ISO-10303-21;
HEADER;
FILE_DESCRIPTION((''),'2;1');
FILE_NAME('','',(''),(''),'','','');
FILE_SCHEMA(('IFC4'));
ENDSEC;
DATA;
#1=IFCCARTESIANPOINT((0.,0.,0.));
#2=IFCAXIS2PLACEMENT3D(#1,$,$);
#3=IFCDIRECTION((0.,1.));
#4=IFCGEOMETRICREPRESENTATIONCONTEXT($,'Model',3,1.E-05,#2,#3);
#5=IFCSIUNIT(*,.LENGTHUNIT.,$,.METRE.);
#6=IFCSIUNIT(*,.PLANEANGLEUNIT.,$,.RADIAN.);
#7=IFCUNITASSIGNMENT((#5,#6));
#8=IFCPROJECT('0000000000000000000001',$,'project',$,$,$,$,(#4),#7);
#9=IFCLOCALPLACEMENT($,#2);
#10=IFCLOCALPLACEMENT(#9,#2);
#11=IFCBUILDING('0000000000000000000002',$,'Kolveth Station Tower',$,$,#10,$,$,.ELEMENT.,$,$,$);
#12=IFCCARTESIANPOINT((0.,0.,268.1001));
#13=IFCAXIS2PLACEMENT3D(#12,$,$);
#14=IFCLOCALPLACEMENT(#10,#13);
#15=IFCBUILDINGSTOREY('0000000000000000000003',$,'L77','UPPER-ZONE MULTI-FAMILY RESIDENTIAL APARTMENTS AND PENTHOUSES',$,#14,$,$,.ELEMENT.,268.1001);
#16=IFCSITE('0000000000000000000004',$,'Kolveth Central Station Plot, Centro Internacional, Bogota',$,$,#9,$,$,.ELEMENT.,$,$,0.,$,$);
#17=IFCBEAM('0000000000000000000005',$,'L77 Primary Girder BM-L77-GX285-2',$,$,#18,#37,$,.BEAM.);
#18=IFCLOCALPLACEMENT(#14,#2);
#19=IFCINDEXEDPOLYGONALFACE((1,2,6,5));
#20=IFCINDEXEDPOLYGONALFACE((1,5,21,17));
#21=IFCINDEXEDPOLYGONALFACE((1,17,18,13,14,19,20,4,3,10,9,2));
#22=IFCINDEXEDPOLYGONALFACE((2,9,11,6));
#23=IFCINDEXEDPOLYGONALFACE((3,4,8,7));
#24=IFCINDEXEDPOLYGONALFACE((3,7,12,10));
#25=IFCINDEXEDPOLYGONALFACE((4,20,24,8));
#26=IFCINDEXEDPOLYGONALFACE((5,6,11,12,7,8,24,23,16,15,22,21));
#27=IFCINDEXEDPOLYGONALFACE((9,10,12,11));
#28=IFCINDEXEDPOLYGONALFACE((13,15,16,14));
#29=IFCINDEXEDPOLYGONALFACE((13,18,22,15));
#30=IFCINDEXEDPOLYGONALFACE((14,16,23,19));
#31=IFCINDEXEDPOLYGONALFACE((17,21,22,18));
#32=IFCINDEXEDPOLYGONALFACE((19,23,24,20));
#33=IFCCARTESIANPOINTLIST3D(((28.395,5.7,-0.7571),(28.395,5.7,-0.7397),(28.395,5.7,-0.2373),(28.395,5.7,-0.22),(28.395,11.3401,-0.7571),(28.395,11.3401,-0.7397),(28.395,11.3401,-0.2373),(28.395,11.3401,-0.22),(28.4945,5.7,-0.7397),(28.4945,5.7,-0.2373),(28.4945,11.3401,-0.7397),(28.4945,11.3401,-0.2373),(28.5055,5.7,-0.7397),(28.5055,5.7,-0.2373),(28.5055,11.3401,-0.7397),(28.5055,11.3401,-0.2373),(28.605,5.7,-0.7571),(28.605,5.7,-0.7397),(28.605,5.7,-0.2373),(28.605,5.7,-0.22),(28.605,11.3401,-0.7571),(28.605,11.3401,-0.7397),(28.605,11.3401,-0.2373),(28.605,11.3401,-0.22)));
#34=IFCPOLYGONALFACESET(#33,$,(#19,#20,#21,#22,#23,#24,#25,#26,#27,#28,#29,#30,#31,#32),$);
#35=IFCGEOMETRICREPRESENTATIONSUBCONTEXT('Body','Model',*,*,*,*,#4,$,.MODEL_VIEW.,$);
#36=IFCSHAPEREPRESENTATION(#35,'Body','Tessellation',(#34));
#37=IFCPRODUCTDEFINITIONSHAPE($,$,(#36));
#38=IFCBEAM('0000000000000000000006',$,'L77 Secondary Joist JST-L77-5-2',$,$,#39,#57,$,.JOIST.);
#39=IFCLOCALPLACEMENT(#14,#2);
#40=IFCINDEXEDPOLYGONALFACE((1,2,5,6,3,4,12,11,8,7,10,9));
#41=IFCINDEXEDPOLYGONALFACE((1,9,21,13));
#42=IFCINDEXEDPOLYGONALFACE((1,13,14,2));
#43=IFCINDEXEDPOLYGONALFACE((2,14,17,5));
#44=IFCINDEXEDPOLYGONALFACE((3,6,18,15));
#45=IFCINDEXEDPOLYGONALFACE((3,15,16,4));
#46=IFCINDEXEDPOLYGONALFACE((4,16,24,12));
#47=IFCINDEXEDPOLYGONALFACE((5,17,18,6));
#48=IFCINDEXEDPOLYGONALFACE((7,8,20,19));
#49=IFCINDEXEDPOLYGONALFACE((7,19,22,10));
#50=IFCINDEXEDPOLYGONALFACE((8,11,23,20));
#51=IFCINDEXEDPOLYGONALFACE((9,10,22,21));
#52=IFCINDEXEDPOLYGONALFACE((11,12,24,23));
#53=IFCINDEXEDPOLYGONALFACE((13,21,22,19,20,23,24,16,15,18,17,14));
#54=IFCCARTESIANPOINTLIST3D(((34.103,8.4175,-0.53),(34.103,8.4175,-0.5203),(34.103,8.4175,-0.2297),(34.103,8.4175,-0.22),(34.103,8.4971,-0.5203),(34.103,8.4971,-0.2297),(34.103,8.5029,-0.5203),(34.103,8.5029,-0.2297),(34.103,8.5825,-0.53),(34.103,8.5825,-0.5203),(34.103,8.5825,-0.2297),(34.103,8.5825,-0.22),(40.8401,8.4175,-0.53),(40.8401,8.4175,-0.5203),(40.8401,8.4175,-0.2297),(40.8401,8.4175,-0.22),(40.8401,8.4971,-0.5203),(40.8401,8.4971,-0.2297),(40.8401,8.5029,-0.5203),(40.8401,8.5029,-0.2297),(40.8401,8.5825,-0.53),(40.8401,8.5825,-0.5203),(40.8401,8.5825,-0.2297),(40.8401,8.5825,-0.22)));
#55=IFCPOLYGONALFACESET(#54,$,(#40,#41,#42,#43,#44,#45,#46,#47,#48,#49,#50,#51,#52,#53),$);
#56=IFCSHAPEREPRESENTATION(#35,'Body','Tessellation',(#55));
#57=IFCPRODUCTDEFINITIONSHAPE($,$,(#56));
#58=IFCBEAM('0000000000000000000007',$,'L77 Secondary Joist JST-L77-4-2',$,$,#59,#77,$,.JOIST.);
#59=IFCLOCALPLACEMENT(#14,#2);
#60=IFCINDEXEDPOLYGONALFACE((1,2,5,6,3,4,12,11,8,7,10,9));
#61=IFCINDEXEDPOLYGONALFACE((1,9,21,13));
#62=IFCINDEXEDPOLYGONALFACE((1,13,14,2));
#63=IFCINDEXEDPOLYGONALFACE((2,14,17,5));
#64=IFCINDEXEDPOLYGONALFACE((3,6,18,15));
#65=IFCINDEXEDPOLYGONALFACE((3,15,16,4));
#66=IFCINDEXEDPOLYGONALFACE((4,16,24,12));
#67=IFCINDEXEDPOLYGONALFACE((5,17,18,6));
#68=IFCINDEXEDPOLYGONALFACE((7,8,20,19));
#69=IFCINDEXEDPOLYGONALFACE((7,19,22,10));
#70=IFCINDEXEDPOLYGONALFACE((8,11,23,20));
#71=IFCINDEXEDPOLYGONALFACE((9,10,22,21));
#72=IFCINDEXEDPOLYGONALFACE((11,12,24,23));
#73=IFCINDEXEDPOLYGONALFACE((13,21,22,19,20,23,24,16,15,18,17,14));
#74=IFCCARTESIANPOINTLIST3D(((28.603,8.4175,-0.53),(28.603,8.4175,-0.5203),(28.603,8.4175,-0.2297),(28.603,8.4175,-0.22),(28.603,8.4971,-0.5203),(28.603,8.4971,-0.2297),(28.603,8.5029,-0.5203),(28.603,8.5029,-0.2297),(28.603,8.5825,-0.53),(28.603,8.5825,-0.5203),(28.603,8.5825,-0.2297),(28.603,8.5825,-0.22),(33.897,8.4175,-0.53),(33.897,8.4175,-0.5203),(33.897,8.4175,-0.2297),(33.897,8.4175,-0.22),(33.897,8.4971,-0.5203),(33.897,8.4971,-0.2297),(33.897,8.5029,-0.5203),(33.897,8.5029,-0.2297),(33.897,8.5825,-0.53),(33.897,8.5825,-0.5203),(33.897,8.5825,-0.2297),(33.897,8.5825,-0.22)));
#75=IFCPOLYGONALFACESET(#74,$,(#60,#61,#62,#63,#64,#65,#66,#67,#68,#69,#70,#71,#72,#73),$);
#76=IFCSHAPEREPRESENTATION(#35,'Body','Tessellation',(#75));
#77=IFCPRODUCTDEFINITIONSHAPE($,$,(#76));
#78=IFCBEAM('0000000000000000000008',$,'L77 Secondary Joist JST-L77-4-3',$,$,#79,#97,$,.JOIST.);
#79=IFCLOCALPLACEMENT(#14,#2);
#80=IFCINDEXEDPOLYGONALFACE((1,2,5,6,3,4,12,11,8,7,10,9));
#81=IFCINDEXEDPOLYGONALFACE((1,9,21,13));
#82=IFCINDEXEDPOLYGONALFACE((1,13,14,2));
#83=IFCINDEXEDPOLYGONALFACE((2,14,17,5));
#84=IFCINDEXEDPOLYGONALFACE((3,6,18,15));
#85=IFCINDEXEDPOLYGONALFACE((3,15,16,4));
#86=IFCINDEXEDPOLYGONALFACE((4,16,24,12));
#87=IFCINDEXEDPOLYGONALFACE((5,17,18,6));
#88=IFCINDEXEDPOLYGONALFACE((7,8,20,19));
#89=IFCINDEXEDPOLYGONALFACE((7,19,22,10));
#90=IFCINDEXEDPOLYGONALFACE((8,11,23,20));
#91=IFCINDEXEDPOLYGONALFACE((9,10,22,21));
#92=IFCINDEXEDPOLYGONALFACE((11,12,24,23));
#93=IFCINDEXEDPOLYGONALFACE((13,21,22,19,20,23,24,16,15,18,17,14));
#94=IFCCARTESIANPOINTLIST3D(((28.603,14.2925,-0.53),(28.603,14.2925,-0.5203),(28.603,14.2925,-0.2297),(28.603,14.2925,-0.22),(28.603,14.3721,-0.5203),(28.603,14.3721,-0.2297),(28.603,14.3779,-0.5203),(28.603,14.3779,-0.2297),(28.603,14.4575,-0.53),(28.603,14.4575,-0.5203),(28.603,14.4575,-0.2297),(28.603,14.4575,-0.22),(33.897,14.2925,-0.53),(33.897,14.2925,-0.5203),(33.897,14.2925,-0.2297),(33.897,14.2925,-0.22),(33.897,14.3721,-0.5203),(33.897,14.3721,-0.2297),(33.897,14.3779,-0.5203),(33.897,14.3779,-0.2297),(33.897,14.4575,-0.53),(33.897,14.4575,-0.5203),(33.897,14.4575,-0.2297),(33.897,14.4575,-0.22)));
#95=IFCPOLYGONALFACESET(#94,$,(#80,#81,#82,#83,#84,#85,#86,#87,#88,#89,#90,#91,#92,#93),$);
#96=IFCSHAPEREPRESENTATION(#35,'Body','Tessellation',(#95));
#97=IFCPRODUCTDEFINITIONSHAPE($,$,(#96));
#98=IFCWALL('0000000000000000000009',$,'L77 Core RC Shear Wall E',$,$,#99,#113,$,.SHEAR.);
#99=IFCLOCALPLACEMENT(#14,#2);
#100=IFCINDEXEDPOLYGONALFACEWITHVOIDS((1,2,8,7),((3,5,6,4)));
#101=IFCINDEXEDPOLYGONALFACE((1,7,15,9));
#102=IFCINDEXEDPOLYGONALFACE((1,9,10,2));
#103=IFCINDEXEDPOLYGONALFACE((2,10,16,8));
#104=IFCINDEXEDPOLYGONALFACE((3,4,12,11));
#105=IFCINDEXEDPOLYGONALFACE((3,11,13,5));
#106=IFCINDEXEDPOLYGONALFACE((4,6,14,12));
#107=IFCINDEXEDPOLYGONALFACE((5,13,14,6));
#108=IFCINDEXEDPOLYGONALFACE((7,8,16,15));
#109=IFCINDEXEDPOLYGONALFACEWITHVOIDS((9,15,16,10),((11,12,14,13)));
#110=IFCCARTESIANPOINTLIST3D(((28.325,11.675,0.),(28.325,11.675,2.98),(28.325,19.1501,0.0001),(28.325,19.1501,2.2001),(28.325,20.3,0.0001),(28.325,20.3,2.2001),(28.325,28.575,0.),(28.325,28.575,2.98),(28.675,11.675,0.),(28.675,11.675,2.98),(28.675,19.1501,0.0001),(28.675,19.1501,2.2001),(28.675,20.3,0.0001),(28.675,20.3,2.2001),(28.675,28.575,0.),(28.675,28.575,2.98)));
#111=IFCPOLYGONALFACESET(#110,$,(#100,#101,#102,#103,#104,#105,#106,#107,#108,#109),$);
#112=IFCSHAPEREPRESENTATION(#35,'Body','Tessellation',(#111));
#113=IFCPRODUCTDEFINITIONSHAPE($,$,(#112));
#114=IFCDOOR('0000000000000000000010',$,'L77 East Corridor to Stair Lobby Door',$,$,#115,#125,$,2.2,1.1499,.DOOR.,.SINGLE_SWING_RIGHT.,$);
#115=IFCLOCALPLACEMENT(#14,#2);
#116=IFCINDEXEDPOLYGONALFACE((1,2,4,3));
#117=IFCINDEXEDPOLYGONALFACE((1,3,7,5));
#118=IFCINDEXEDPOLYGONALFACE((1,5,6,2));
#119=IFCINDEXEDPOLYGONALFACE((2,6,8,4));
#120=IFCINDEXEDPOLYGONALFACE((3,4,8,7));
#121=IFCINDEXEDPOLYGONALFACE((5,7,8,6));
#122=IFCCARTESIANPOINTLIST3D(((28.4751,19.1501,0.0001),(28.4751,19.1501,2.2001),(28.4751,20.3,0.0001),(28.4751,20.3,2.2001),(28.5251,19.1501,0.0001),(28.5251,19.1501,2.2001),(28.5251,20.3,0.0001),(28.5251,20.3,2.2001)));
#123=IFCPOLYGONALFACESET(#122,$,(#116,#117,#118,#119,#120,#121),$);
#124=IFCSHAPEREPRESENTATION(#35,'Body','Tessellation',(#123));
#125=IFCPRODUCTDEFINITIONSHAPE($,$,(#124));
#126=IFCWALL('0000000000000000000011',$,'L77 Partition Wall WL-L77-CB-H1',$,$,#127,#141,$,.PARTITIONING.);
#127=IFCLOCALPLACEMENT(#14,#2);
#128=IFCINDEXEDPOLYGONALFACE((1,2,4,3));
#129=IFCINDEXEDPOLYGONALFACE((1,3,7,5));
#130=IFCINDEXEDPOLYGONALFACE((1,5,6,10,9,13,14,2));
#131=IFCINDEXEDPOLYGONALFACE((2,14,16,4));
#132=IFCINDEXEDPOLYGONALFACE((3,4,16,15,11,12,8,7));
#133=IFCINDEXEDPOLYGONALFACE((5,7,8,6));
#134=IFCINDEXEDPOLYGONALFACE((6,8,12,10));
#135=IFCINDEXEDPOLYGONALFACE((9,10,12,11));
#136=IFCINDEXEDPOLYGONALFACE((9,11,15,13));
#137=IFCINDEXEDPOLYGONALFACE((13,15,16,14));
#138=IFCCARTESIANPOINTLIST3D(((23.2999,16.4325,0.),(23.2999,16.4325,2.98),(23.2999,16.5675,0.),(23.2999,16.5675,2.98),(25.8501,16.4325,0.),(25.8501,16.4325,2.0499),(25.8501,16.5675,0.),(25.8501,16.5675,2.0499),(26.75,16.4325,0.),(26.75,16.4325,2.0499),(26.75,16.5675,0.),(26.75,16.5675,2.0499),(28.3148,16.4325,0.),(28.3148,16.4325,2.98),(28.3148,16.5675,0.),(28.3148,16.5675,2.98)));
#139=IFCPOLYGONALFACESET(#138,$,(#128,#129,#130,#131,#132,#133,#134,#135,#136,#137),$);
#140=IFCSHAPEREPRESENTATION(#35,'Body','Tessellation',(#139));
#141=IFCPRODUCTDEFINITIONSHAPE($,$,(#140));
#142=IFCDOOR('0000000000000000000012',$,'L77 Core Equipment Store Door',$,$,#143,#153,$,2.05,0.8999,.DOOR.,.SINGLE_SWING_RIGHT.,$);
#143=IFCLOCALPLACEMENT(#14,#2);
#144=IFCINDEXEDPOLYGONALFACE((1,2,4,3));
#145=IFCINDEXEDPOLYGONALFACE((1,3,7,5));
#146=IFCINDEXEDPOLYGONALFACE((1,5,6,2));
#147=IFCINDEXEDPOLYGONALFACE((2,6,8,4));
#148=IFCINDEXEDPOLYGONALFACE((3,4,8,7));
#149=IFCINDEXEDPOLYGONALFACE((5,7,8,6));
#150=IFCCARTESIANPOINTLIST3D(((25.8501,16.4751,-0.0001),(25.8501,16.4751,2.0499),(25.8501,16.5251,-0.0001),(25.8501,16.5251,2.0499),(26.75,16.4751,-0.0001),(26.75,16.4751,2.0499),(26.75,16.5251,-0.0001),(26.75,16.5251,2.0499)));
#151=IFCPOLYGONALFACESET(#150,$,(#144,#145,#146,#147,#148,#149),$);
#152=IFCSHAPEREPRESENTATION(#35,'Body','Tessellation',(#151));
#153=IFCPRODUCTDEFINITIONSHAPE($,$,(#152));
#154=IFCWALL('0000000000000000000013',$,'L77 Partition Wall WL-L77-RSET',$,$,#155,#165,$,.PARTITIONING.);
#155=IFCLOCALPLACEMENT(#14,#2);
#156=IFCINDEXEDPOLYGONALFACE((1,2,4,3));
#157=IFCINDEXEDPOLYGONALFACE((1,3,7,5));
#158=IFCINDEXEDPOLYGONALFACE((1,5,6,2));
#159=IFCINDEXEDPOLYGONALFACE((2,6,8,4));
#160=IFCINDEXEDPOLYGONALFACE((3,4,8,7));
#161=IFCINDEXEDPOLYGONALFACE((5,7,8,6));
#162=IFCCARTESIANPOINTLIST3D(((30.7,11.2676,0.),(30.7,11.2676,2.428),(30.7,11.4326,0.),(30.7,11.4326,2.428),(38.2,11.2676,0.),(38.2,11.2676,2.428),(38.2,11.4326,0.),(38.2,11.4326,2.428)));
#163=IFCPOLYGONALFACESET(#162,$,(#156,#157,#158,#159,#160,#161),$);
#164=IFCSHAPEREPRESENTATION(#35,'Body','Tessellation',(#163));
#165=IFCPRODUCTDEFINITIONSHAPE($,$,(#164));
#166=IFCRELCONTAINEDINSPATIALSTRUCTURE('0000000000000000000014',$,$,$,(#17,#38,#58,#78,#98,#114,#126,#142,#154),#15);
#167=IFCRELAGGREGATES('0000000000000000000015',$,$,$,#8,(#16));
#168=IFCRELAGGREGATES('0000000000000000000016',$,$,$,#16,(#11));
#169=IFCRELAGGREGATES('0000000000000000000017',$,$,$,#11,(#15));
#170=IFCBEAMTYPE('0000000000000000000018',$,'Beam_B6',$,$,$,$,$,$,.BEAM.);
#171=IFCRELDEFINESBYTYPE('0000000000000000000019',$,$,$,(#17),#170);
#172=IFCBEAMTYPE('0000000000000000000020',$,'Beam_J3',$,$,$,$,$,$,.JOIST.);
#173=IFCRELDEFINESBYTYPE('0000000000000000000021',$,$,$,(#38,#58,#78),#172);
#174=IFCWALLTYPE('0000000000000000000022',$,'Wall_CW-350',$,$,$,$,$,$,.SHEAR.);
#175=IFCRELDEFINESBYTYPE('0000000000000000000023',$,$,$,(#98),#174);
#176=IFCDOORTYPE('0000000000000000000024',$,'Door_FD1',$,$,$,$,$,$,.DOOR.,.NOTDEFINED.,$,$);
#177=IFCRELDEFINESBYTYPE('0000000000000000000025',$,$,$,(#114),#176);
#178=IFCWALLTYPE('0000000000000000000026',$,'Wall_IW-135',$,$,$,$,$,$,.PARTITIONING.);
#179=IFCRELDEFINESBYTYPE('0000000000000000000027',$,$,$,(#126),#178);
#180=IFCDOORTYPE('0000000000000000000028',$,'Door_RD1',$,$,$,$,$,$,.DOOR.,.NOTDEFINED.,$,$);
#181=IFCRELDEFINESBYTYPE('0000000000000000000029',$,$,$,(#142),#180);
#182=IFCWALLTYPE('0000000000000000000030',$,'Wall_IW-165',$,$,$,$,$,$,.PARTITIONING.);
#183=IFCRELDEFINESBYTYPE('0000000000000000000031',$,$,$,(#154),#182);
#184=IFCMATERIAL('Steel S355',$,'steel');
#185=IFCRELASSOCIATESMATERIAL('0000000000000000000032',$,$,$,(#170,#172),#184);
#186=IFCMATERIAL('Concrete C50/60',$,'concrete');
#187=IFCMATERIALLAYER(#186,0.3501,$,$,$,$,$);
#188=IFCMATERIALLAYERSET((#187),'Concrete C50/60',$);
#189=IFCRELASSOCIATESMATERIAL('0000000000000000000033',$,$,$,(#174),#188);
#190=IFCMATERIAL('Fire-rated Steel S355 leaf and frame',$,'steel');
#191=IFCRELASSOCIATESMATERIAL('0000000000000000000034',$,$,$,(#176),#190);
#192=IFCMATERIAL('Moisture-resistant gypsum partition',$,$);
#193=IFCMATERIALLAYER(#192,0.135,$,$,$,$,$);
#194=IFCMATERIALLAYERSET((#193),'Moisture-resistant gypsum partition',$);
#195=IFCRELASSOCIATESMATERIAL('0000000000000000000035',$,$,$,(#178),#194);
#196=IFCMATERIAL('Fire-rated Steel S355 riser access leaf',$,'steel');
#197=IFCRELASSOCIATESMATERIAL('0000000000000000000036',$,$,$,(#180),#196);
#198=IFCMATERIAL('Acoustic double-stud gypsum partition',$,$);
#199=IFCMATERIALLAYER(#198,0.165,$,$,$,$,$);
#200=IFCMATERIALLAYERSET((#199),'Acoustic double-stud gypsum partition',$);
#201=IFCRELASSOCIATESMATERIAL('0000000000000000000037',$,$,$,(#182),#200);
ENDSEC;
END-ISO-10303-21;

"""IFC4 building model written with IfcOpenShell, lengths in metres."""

from ifc_helpers import new_model, si_unit, direction, frame, frame_2d, origin, origin_2d, place, context, subcontext, project, spatial, rectangle, i_section, extrude, source, transform, mapped, material, layer, layer_set, material_profile, profile_set, type_object, element, fill, save


model = new_model("IFC4")

# Units and contexts
model_context = context("Model", 3, precision=1e-05, world=origin(), true_north=direction((0.0, 1.0)))
body_context = subcontext(model_context, "Body", "Model", "MODEL_VIEW")
ifc_project = project(units=[si_unit("LENGTHUNIT", "METRE"), si_unit("PLANEANGLEUNIT", "RADIAN")], contexts=[model_context])

# Site, building, storey
site_placement = place(None, origin())
site = spatial("IfcSite", under=ifc_project, at=site_placement, Name="Kolveth Central Station Plot, Centro Internacional, Bogota", CompositionType="ELEMENT", RefElevation=0.0)
building_placement = place(site_placement, origin())
building = spatial("IfcBuilding", under=site, at=building_placement, Name="Kolveth Station Tower", CompositionType="ELEMENT")
storey_placement = place(building_placement, frame((0.0, 0.0, 268.1001)))
storey = spatial("IfcBuildingStorey", under=building, at=storey_placement, Name="L77", Description="UPPER-ZONE MULTI-FAMILY RESIDENTIAL APARTMENTS AND PENTHOUSES", CompositionType="ELEMENT", Elevation=268.1001)

# Shared definitions
ifc_material_1 = material(Name="Steel S355", Category="steel")

# Beams
ifc_material_profile_1 = material_profile(ifc_material_1, i_section(OverallWidth=0.21, OverallDepth=0.5371, WebThickness=0.011, FlangeThickness=0.0173, at=origin_2d()), Name="W530x101")
ifc_profile_set_1 = profile_set([ifc_material_profile_1], Name="Steel S355")
beam_type_1 = type_object("IfcBeamType", Name="Beam_B6", PredefinedType="BEAM", material=ifc_profile_set_1)
shared_shape_1 = source(origin(), body_context, "Body", "SweptSolid", [
    extrude(i_section(OverallWidth=0.21, OverallDepth=0.5371, WebThickness=0.011, FlangeThickness=0.0173, at=origin_2d()), origin(), (0.0, 0.0, 1.0), 5.6401),
])
beam_1_placement = place(storey_placement, frame((28.5, 5.7, -0.4885), z_axis=(0.0, 1.0, 0.0), x_axis=(-1.0, 0.0, 0.0)))
element("IfcBeam", 1, at=beam_1_placement, inside=storey, type_object=beam_type_1, Name="L77 Primary Girder BM-L77-GX285-2", PredefinedType="BEAM", context=body_context, shape_type="MappedRepresentation", body=[
    mapped(shared_shape_1, transform((0.0, 0.0, 0.0), x_axis=(1.0, 0.0, 0.0), y_axis=(0.0, 1.0, 0.0), z_axis=(0.0, 0.0, 1.0), scale=1.0)),
])
ifc_material_profile_2 = material_profile(ifc_material_1, i_section(OverallWidth=0.165, OverallDepth=0.3101, WebThickness=0.0059, FlangeThickness=0.0098, at=origin_2d()), Name="W310x39")
ifc_profile_set_2 = profile_set([ifc_material_profile_2], Name="Steel S355")
beam_type_2 = type_object("IfcBeamType", Name="Beam_J3", PredefinedType="JOIST", material=ifc_profile_set_2)
shared_shape_2 = source(origin(), body_context, "Body", "SweptSolid", [
    extrude(i_section(OverallWidth=0.165, OverallDepth=0.3101, WebThickness=0.0059, FlangeThickness=0.0098, at=origin_2d()), origin(), (0.0, 0.0, 1.0), 6.7371),
])
beam_2_placement = place(storey_placement, frame((34.103, 8.5, -0.375), z_axis=(1.0, 0.0, 0.0), x_axis=(0.0, 1.0, 0.0)))
element("IfcBeam", 2, at=beam_2_placement, inside=storey, type_object=beam_type_2, Name="L77 Secondary Joist JST-L77-5-2", PredefinedType="JOIST", context=body_context, shape_type="MappedRepresentation", body=[
    mapped(shared_shape_2, transform((0.0, 0.0, 0.0), x_axis=(1.0, 0.0, 0.0), y_axis=(0.0, 1.0, 0.0), z_axis=(0.0, 0.0, 1.0), scale=1.0)),
])
shared_shape_3 = source(origin(), body_context, "Body", "SweptSolid", [
    extrude(i_section(OverallWidth=0.165, OverallDepth=0.3101, WebThickness=0.0059, FlangeThickness=0.0098, at=origin_2d()), origin(), (0.0, 0.0, 1.0), 5.2939),
])
for number, where, z_axis, x_axis, name in (
    (3, (28.603, 8.5, -0.375), (1.0, 0.0, 0.0), (0.0, 1.0, 0.0), "L77 Secondary Joist JST-L77-4-2"),
    (4, (28.603, 14.375, -0.375), (1.0, 0.0, 0.0), (0.0, 1.0, 0.0), "L77 Secondary Joist JST-L77-4-3"),
):
    element("IfcBeam", number, at=place(storey_placement, frame(where, z_axis=z_axis, x_axis=x_axis)), inside=storey, type_object=beam_type_2, Name=name, PredefinedType="JOIST", context=body_context, shape_type="MappedRepresentation", body=[
        mapped(shared_shape_3, transform((0.0, 0.0, 0.0), x_axis=(1.0, 0.0, 0.0), y_axis=(0.0, 1.0, 0.0), z_axis=(0.0, 0.0, 1.0), scale=1.0)),
    ])

# Walls, openings, doors
ifc_material_2 = material(Name="Concrete C50/60", Category="concrete")
ifc_layer_1 = layer(ifc_material_2, 0.3501)
ifc_layer_set_1 = layer_set([ifc_layer_1], Name="Concrete C50/60")
wall_type_1 = type_object("IfcWallType", Name="Wall_CW-350", PredefinedType="SHEAR", material=ifc_layer_set_1)
wall_1_placement = place(storey_placement, frame((28.5, 11.675, 0.0), z_axis=(0.0, 0.0, 1.0), x_axis=(0.0, 1.0, 0.0)))
wall_1 = element("IfcWall", 5, at=wall_1_placement, inside=storey, type_object=wall_type_1, Name="L77 Core RC Shear Wall E", PredefinedType="SHEAR", context=body_context, shape_type="SweptSolid", body=[
    extrude(rectangle(XDim=16.8999, YDim=0.3501, at=frame_2d((8.45, 0.0))), origin(), (0.0, 0.0, 1.0), 2.98),
])
opening_1_placement = place(wall_1_placement, frame((7.4751, 0.0, 0.0)))
opening_1 = element("IfcOpeningElement", 6, at=opening_1_placement, cuts=wall_1, PredefinedType="OPENING", context=body_context, shape_type="SweptSolid", body=[
    extrude(rectangle(XDim=1.1499, YDim=2.2, at=frame_2d((0.575, 1.1001))), frame((0.0, 0.1851, 0.0), z_axis=(0.0, -1.0, 0.0), x_axis=(1.0, 0.0, 0.0)), (0.0, 0.0, 1.0), 0.3701),
])
ifc_material_3 = material(Name="Fire-rated Steel S355 leaf and frame", Category="steel")
door_type_1 = type_object("IfcDoorType", Name="Door_FD1", OperationType="NOTDEFINED", PredefinedType="DOOR", material=ifc_material_3)
door_1_placement = place(opening_1_placement, origin())
door_1 = element("IfcDoor", 7, at=door_1_placement, inside=storey, type_object=door_type_1, Name="L77 East Corridor to Stair Lobby Door", OperationType="SINGLE_SWING_RIGHT", OverallHeight=2.2, OverallWidth=1.1499, PredefinedType="DOOR", context=body_context, shape_type="SweptSolid", body=[
    extrude(rectangle(XDim=1.1499, YDim=2.2, at=frame_2d((0.575, 1.1001))), frame((0.0, 0.0249, 0.0), z_axis=(0.0, -1.0, 0.0), x_axis=(1.0, 0.0, 0.0)), (0.0, 0.0, 1.0), 0.05),
])
fill(opening_1, door_1)
ifc_material_4 = material(Name="Moisture-resistant gypsum partition")
ifc_layer_2 = layer(ifc_material_4, 0.135)
ifc_layer_set_2 = layer_set([ifc_layer_2], Name="Moisture-resistant gypsum partition")
wall_type_2 = type_object("IfcWallType", Name="Wall_IW-135", PredefinedType="PARTITIONING", material=ifc_layer_set_2)
wall_2_placement = place(storey_placement, frame((23.3, 16.5, 0.0), z_axis=(0.0, 0.0, 1.0), x_axis=(1.0, 0.0, 0.0)))
wall_2 = element("IfcWall", 8, at=wall_2_placement, inside=storey, type_object=wall_type_2, Name="L77 Partition Wall WL-L77-CB-H1", PredefinedType="PARTITIONING", context=body_context, shape_type="SweptSolid", body=[
    extrude(rectangle(XDim=5.0149, YDim=0.135, at=frame_2d((2.5073, 0.0))), origin(), (0.0, 0.0, 1.0), 2.98),
])
opening_2_placement = place(wall_2_placement, frame((2.55, 0.0, 0.0)))
opening_2 = element("IfcOpeningElement", 9, at=opening_2_placement, cuts=wall_2, PredefinedType="OPENING", context=body_context, shape_type="SweptSolid", body=[
    extrude(rectangle(XDim=0.8999, YDim=2.05, at=frame_2d((0.45, 1.0249))), frame((0.0, 0.0774, 0.0), z_axis=(0.0, -1.0, 0.0), x_axis=(1.0, 0.0, 0.0)), (0.0, 0.0, 1.0), 0.155),
])
ifc_material_5 = material(Name="Fire-rated Steel S355 riser access leaf", Category="steel")
door_type_2 = type_object("IfcDoorType", Name="Door_RD1", OperationType="NOTDEFINED", PredefinedType="DOOR", material=ifc_material_5)
door_2_placement = place(opening_2_placement, frame((0.8999, 0.0, 0.0), z_axis=(0.0, 0.0, 1.0), x_axis=(-1.0, 0.0, 0.0)))
door_2 = element("IfcDoor", 10, at=door_2_placement, inside=storey, type_object=door_type_2, Name="L77 Core Equipment Store Door", OperationType="SINGLE_SWING_RIGHT", OverallHeight=2.05, OverallWidth=0.8999, PredefinedType="DOOR", context=body_context, shape_type="SweptSolid", body=[
    extrude(rectangle(XDim=0.8999, YDim=2.05, at=frame_2d((0.45, 1.0249))), frame((0.0, 0.0249, 0.0), z_axis=(0.0, -1.0, 0.0), x_axis=(1.0, 0.0, 0.0)), (0.0, 0.0, 1.0), 0.05),
])
fill(opening_2, door_2)

# Wall
ifc_material_6 = material(Name="Acoustic double-stud gypsum partition")
ifc_layer_3 = layer(ifc_material_6, 0.165)
ifc_layer_set_3 = layer_set([ifc_layer_3], Name="Acoustic double-stud gypsum partition")
wall_type_3 = type_object("IfcWallType", Name="Wall_IW-165", PredefinedType="PARTITIONING", material=ifc_layer_set_3)
wall_3_placement = place(storey_placement, frame((30.7, 11.3501, 0.0), z_axis=(0.0, 0.0, 1.0), x_axis=(1.0, 0.0, 0.0)))
element("IfcWall", 11, at=wall_3_placement, inside=storey, type_object=wall_type_3, Name="L77 Partition Wall WL-L77-RSET", PredefinedType="PARTITIONING", context=body_context, shape_type="SweptSolid", body=[
    extrude(rectangle(XDim=7.5, YDim=0.165, at=frame_2d((3.75, 0.0))), origin(), (0.0, 0.0, 1.0), 2.428),
])

save(model, "model.ifc")
